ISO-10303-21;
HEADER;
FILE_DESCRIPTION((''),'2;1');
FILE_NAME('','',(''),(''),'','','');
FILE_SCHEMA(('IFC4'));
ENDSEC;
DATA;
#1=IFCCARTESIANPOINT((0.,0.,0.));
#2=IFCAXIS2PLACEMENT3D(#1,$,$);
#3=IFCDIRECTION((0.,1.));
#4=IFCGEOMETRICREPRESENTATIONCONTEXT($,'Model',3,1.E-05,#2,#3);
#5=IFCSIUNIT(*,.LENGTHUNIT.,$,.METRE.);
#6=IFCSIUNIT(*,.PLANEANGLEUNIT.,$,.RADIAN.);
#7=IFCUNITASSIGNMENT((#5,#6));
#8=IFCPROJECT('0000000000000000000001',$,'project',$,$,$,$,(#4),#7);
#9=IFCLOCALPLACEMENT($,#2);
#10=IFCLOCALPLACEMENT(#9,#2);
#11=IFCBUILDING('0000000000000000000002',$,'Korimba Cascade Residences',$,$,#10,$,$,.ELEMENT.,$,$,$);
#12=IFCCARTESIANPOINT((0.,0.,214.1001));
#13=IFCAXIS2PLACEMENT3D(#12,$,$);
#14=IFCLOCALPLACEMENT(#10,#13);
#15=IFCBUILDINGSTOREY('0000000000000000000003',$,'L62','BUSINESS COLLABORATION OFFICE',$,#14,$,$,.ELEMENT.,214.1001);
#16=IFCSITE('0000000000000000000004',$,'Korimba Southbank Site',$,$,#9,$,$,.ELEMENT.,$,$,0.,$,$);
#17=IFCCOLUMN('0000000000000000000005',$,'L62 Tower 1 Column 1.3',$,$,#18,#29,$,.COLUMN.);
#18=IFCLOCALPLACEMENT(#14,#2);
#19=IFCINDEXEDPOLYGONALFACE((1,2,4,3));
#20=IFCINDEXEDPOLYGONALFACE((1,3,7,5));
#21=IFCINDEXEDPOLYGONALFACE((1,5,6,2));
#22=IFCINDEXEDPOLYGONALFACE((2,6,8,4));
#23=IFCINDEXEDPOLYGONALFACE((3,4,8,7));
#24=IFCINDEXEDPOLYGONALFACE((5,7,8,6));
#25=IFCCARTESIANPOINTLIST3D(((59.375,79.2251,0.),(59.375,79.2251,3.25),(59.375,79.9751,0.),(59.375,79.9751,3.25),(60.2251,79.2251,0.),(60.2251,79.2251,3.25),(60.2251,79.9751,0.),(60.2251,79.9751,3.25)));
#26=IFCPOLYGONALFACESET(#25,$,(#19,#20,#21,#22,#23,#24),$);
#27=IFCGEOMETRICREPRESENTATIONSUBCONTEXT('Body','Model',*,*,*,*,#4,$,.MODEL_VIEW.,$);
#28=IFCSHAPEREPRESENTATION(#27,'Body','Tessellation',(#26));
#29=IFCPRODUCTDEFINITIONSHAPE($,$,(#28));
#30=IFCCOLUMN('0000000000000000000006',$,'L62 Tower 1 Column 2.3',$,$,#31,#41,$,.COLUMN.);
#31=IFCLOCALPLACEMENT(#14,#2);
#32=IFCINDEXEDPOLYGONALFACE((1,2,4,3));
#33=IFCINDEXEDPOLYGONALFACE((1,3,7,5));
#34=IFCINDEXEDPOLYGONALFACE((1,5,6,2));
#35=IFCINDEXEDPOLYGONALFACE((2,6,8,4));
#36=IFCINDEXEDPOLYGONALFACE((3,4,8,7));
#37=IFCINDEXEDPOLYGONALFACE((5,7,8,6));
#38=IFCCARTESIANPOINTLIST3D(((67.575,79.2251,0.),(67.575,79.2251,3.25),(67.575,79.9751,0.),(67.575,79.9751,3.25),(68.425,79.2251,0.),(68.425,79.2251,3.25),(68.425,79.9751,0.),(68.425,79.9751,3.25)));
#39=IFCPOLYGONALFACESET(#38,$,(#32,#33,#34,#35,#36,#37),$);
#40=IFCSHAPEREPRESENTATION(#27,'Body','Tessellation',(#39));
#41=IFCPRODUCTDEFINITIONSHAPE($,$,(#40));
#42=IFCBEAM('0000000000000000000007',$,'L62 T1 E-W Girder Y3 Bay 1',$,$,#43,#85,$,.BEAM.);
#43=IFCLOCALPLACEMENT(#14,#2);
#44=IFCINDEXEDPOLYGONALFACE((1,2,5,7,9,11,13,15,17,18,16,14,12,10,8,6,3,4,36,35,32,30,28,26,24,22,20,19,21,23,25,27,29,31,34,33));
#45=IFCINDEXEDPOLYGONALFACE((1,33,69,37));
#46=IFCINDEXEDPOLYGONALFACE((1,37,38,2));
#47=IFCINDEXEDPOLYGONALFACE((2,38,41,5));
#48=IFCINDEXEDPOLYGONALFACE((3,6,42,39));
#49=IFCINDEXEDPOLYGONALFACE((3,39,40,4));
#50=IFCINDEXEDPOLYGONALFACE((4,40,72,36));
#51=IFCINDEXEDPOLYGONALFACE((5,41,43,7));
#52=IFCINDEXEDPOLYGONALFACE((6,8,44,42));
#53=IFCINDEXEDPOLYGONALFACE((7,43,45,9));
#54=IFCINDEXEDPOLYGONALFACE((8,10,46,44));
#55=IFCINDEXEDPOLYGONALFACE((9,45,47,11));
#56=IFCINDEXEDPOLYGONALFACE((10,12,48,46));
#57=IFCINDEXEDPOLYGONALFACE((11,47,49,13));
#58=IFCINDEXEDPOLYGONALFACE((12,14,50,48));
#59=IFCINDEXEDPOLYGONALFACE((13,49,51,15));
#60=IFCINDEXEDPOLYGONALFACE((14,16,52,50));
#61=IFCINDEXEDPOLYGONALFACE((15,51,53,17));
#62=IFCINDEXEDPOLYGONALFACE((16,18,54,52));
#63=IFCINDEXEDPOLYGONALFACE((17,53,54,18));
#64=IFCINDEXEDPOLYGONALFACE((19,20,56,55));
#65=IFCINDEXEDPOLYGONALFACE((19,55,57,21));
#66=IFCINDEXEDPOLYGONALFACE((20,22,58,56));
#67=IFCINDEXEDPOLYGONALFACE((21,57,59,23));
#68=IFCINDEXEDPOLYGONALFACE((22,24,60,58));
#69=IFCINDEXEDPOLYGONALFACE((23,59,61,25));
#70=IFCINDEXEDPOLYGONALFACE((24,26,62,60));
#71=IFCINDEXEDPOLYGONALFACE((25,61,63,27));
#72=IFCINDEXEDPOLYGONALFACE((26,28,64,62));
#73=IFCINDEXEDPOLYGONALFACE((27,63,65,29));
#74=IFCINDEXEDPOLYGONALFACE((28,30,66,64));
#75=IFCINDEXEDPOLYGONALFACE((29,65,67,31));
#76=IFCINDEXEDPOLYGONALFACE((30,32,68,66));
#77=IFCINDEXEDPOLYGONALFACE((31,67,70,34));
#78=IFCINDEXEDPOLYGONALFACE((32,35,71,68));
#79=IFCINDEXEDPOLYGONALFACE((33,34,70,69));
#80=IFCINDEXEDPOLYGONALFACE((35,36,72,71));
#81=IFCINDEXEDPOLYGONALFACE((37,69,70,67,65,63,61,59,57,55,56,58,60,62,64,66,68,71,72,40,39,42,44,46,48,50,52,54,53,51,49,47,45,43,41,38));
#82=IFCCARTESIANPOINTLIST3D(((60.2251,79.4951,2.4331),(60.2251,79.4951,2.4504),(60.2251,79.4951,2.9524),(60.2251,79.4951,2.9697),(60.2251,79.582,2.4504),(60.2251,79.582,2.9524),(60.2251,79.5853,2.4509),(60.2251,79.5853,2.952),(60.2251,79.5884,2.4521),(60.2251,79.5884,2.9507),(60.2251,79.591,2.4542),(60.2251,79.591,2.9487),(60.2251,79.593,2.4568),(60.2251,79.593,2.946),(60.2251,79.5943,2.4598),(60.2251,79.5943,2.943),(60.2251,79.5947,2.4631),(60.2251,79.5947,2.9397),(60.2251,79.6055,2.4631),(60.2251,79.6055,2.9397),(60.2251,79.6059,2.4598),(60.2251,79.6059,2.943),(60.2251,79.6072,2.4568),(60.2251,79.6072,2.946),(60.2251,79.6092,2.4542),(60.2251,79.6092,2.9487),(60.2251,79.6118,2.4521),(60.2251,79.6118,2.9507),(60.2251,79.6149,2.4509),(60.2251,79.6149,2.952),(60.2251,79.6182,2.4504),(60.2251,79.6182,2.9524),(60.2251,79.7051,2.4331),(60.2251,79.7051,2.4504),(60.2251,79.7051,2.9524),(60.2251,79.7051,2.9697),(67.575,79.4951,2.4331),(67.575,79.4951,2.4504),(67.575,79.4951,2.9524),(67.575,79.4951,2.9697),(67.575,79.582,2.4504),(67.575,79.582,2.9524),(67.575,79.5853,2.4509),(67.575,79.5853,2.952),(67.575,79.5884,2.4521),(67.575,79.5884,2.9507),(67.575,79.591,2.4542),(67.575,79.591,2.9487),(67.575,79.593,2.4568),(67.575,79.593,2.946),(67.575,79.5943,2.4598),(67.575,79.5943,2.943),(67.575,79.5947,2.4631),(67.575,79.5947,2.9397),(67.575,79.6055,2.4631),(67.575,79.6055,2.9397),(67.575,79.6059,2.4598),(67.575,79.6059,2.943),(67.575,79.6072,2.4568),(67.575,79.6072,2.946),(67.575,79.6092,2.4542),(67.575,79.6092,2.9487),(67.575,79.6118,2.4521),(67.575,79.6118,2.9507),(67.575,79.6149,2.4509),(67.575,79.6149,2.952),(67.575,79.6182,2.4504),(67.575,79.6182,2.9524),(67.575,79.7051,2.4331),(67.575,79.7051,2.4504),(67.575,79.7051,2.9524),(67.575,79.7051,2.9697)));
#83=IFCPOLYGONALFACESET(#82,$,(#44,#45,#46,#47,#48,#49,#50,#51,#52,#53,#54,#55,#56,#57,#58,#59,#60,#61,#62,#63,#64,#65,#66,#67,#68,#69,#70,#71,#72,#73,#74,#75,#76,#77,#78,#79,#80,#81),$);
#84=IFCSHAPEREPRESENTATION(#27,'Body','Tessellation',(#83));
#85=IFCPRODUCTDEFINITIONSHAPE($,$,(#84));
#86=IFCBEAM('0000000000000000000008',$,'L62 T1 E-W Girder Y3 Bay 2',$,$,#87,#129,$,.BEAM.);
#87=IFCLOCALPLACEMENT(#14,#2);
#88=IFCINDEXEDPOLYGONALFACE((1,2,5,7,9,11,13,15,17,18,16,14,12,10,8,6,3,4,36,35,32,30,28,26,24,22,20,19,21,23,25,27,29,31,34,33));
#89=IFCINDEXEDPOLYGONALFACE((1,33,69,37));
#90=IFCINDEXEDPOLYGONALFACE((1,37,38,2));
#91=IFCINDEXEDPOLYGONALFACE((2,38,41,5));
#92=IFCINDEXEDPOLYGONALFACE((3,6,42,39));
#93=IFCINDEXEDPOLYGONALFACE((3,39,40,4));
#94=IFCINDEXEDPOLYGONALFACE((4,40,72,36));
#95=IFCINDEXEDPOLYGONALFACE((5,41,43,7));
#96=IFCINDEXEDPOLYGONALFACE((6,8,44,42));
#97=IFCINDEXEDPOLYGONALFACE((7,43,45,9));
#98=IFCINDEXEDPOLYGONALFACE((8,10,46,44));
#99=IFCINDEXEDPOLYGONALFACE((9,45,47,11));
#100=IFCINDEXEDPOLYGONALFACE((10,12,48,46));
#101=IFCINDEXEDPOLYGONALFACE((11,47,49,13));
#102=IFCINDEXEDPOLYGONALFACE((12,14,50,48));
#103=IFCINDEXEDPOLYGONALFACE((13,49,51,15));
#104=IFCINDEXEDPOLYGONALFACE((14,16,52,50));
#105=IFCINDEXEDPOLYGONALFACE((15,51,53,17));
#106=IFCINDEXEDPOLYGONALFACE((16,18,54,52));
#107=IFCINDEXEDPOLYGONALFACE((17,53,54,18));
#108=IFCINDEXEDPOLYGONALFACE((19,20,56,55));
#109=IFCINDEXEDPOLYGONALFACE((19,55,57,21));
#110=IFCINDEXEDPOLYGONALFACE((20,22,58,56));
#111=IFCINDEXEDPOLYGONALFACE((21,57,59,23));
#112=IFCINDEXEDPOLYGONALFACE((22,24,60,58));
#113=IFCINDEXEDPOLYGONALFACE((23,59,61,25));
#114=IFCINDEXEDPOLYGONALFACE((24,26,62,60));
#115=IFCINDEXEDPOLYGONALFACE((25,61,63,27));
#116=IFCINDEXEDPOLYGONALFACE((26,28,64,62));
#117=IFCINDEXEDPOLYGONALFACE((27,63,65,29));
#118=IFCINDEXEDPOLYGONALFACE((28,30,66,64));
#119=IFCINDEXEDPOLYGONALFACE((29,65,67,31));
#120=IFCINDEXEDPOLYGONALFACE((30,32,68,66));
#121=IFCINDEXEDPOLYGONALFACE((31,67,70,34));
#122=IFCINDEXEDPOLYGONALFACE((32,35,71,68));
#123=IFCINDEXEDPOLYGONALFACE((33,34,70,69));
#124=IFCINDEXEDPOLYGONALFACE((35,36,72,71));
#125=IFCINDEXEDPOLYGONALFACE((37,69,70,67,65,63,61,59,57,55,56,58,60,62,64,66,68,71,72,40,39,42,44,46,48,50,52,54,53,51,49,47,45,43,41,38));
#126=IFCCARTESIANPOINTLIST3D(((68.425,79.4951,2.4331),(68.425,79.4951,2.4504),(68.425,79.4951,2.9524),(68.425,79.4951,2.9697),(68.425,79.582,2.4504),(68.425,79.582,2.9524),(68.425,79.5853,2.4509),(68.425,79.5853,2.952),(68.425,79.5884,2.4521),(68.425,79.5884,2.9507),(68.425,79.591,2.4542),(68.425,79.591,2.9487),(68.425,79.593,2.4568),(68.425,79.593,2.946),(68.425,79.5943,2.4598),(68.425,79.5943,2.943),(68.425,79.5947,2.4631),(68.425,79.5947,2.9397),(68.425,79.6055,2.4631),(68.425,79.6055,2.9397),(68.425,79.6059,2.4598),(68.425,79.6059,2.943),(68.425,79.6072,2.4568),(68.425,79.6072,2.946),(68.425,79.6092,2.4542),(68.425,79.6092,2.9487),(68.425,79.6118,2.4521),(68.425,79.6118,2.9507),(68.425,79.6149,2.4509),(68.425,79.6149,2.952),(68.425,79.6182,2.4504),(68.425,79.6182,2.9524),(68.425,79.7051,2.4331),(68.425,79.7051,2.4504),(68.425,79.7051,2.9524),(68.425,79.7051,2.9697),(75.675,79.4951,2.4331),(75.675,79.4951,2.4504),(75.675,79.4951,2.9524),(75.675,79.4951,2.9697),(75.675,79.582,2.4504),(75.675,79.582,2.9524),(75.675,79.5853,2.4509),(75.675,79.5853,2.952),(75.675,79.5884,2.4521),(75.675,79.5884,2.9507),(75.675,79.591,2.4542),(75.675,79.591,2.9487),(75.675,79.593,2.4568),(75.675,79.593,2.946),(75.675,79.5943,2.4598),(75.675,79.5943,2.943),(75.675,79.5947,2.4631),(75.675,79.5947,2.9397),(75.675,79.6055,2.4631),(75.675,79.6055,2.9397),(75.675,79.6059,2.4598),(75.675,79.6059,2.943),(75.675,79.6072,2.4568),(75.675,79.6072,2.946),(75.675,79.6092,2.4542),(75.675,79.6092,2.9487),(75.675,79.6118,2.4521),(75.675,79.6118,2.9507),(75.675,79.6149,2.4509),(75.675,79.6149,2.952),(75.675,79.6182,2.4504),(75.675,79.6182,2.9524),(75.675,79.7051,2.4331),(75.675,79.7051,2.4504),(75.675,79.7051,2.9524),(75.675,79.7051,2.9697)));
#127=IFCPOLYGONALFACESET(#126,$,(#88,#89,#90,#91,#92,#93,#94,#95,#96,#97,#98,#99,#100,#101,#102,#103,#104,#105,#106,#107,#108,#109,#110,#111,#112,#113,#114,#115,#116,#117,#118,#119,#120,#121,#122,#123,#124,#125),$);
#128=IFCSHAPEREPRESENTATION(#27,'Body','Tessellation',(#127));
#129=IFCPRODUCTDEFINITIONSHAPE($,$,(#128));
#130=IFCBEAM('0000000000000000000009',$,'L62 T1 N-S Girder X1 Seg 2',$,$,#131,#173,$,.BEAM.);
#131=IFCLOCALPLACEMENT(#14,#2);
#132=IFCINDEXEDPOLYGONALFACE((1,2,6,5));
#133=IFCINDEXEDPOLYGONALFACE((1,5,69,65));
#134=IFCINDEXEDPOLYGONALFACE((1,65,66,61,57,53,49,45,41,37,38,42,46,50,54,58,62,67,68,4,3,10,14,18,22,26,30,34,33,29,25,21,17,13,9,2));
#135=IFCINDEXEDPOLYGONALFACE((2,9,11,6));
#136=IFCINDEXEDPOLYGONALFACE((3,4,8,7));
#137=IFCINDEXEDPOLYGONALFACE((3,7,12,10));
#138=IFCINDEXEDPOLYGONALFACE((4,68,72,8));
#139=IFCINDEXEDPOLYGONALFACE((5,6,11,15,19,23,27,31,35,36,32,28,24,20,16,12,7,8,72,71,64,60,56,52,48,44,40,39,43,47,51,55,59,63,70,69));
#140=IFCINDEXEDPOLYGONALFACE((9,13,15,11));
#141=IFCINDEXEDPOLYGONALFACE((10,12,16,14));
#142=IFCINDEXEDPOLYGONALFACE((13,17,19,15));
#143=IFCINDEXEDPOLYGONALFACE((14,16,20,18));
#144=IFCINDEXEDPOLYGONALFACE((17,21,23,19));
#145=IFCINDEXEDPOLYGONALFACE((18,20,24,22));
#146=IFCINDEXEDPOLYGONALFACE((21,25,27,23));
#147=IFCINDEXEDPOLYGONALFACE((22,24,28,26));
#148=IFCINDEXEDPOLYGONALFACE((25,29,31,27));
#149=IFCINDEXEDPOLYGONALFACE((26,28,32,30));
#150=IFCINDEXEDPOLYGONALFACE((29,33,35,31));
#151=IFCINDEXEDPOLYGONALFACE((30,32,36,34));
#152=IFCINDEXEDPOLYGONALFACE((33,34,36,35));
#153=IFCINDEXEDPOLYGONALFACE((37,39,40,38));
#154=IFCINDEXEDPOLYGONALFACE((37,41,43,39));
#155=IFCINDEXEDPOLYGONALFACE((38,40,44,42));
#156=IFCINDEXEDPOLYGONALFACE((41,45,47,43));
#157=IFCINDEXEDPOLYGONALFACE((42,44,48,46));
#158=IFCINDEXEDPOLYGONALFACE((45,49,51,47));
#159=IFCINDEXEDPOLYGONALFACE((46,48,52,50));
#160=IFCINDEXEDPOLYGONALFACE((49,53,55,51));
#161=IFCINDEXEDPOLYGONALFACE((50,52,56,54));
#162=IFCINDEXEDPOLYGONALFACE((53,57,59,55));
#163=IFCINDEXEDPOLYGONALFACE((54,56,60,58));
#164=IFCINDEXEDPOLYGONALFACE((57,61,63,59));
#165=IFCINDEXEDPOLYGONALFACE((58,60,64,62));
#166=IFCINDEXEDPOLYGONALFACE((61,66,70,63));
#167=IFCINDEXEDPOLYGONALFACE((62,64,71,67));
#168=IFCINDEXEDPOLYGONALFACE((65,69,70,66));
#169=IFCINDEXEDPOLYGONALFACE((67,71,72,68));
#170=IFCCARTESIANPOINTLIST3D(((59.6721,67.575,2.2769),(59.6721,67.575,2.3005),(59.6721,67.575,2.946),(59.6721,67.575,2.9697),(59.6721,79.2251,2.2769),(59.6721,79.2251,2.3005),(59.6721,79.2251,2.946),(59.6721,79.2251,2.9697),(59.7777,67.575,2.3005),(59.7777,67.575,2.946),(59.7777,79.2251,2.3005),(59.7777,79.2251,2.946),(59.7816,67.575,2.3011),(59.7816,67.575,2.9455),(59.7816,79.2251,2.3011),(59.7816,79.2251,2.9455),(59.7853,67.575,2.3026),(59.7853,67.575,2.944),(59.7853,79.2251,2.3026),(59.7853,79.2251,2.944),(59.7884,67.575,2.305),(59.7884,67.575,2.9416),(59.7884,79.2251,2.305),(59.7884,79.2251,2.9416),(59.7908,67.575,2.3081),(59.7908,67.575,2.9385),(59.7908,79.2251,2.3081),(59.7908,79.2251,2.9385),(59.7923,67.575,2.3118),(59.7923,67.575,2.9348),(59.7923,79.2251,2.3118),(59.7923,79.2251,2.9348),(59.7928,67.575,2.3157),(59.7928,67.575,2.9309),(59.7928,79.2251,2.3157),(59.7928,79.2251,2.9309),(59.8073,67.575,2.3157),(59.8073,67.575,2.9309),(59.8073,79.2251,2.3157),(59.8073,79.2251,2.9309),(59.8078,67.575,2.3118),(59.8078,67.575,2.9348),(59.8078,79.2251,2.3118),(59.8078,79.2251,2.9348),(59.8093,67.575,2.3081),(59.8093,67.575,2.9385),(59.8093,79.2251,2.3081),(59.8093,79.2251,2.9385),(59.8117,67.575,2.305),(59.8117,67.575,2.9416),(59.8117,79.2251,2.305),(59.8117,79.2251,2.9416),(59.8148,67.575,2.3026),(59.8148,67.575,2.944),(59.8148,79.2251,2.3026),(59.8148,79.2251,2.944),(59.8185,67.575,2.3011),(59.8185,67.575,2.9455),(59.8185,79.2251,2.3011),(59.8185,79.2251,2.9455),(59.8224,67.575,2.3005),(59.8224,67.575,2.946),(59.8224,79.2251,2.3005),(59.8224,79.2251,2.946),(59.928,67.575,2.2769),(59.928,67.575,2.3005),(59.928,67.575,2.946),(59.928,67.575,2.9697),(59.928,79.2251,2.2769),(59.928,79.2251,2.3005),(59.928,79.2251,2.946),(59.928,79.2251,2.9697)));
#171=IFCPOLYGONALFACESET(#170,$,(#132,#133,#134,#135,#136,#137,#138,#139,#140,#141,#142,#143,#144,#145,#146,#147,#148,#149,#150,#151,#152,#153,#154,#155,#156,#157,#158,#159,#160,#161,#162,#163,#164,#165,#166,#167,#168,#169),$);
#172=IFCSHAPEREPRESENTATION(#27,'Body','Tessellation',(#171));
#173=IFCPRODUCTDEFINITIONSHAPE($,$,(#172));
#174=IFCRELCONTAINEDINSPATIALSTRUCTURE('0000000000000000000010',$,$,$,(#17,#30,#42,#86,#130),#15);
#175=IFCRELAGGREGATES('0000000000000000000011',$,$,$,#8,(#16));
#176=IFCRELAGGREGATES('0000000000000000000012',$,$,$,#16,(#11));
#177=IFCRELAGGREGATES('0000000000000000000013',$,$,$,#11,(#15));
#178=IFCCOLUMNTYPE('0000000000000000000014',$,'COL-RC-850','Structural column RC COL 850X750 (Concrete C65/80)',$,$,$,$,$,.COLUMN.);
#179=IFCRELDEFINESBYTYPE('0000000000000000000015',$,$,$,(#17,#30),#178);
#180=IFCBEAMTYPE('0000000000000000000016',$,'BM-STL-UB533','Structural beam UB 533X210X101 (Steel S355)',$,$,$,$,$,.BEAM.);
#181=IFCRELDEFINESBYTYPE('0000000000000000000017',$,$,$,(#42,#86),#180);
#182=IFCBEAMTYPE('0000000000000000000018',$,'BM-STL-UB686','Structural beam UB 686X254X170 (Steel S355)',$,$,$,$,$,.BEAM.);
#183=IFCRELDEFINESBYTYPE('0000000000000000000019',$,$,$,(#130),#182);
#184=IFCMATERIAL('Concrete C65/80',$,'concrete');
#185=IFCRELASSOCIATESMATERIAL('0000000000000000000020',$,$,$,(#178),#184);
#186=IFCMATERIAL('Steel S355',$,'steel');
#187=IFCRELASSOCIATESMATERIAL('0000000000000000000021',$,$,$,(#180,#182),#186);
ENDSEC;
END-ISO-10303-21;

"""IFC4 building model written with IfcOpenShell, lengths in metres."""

from ifc_helpers import new_model, si_unit, direction, frame, origin, origin_2d, place, context, subcontext, project, spatial, rectangle, i_section, extrude, material, material_profile, profile_set, type_object, element, save


model = new_model("IFC4")

# Units and contexts
model_context = context("Model", 3, precision=1e-05, world=origin(), true_north=direction((0.0, 1.0)))
body_context = subcontext(model_context, "Body", "Model", "MODEL_VIEW")
ifc_project = project(units=[si_unit("LENGTHUNIT", "METRE"), si_unit("PLANEANGLEUNIT", "RADIAN")], contexts=[model_context])

# Site, building, storey
site_placement = place(None, origin())
site = spatial("IfcSite", under=ifc_project, at=site_placement, Name="Korimba Southbank Site", CompositionType="ELEMENT", RefElevation=0.0)
building_placement = place(site_placement, origin())
building = spatial("IfcBuilding", under=site, at=building_placement, Name="Korimba Cascade Residences", CompositionType="ELEMENT")
storey_placement = place(building_placement, frame((0.0, 0.0, 214.1001)))
storey = spatial("IfcBuildingStorey", under=building, at=storey_placement, Name="L62", Description="BUSINESS COLLABORATION OFFICE", CompositionType="ELEMENT", Elevation=214.1001)

# Columns
ifc_material_1 = material(Name="Concrete C65/80", Category="concrete")
ifc_material_profile_1 = material_profile(ifc_material_1, rectangle(XDim=0.8501, YDim=0.75, at=origin_2d()), Name="Concrete C65/80")
ifc_profile_set_1 = profile_set([ifc_material_profile_1], Name="Concrete C65/80")
column_type = type_object("IfcColumnType", Name="COL-RC-850", Description="Structural column RC COL 850X750 (Concrete C65/80)", PredefinedType="COLUMN", material=ifc_profile_set_1)
for number, where, z_axis, x_axis, name in (
    (1, (59.8, 79.6001, 0.0), (0.0, 0.0, 1.0), (1.0, 0.0, 0.0), "L62 Tower 1 Column 1.3"),
    (2, (68.0, 79.6001, 0.0), (0.0, 0.0, 1.0), (1.0, 0.0, 0.0), "L62 Tower 1 Column 2.3"),
):
    element("IfcColumn", number, at=place(storey_placement, frame(where, z_axis=z_axis, x_axis=x_axis)), inside=storey, type_object=column_type, Name=name, PredefinedType="COLUMN", context=body_context, shape_type="SweptSolid", body=[
        extrude(rectangle(XDim=0.8501, YDim=0.75, at=origin_2d()), origin(), (0.0, 0.0, 1.0), 3.25),
    ])

# Beams
ifc_material_2 = material(Name="Steel S355", Category="steel")
ifc_material_profile_2 = material_profile(ifc_material_2, i_section(OverallWidth=0.21, OverallDepth=0.5366, WebThickness=0.0107, FlangeThickness=0.0173, FilletRadius=0.0127, at=origin_2d()), Name="Steel S355")
ifc_profile_set_2 = profile_set([ifc_material_profile_2], Name="Steel S355")
beam_type_1 = type_object("IfcBeamType", Name="BM-STL-UB533", Description="Structural beam UB 533X210X101 (Steel S355)", PredefinedType="BEAM", material=ifc_profile_set_2)
beam_1_placement = place(storey_placement, frame((60.2251, 79.6001, 2.7014), z_axis=(1.0, 0.0, 0.0), x_axis=(0.0, 1.0, 0.0)))
element("IfcBeam", 3, at=beam_1_placement, inside=storey, type_object=beam_type_1, Name="L62 T1 E-W Girder Y3 Bay 1", PredefinedType="BEAM", context=body_context, shape_type="SweptSolid", body=[
    extrude(i_section(OverallWidth=0.21, OverallDepth=0.5366, WebThickness=0.0107, FlangeThickness=0.0173, FilletRadius=0.0127, at=origin_2d()), origin(), (0.0, 0.0, 1.0), 7.3499),
])
beam_2_placement = place(storey_placement, frame((68.425, 79.6001, 2.7014), z_axis=(1.0, 0.0, 0.0), x_axis=(0.0, 1.0, 0.0)))
element("IfcBeam", 4, at=beam_2_placement, inside=storey, type_object=beam_type_1, Name="L62 T1 E-W Girder Y3 Bay 2", PredefinedType="BEAM", context=body_context, shape_type="SweptSolid", body=[
    extrude(i_section(OverallWidth=0.21, OverallDepth=0.5366, WebThickness=0.0107, FlangeThickness=0.0173, FilletRadius=0.0127, at=origin_2d()), origin(), (0.0, 0.0, 1.0), 7.25),
])
ifc_material_profile_3 = material_profile(ifc_material_2, i_section(OverallWidth=0.2559, OverallDepth=0.6929, WebThickness=0.0144, FlangeThickness=0.0237, FilletRadius=0.0151, at=origin_2d()), Name="Steel S355")
ifc_profile_set_3 = profile_set([ifc_material_profile_3], Name="Steel S355")
beam_type_2 = type_object("IfcBeamType", Name="BM-STL-UB686", Description="Structural beam UB 686X254X170 (Steel S355)", PredefinedType="BEAM", material=ifc_profile_set_3)
beam_3_placement = place(storey_placement, frame((59.8, 67.575, 2.6233), z_axis=(0.0, 1.0, 0.0), x_axis=(-1.0, 0.0, 0.0)))
element("IfcBeam", 5, at=beam_3_placement, inside=storey, type_object=beam_type_2, Name="L62 T1 N-S Girder X1 Seg 2", PredefinedType="BEAM", context=body_context, shape_type="SweptSolid", body=[
    extrude(i_section(OverallWidth=0.2559, OverallDepth=0.6929, WebThickness=0.0144, FlangeThickness=0.0237, FilletRadius=0.0151, at=origin_2d()), origin(), (0.0, 0.0, 1.0), 11.6501),
])

save(model, "model.ifc")
